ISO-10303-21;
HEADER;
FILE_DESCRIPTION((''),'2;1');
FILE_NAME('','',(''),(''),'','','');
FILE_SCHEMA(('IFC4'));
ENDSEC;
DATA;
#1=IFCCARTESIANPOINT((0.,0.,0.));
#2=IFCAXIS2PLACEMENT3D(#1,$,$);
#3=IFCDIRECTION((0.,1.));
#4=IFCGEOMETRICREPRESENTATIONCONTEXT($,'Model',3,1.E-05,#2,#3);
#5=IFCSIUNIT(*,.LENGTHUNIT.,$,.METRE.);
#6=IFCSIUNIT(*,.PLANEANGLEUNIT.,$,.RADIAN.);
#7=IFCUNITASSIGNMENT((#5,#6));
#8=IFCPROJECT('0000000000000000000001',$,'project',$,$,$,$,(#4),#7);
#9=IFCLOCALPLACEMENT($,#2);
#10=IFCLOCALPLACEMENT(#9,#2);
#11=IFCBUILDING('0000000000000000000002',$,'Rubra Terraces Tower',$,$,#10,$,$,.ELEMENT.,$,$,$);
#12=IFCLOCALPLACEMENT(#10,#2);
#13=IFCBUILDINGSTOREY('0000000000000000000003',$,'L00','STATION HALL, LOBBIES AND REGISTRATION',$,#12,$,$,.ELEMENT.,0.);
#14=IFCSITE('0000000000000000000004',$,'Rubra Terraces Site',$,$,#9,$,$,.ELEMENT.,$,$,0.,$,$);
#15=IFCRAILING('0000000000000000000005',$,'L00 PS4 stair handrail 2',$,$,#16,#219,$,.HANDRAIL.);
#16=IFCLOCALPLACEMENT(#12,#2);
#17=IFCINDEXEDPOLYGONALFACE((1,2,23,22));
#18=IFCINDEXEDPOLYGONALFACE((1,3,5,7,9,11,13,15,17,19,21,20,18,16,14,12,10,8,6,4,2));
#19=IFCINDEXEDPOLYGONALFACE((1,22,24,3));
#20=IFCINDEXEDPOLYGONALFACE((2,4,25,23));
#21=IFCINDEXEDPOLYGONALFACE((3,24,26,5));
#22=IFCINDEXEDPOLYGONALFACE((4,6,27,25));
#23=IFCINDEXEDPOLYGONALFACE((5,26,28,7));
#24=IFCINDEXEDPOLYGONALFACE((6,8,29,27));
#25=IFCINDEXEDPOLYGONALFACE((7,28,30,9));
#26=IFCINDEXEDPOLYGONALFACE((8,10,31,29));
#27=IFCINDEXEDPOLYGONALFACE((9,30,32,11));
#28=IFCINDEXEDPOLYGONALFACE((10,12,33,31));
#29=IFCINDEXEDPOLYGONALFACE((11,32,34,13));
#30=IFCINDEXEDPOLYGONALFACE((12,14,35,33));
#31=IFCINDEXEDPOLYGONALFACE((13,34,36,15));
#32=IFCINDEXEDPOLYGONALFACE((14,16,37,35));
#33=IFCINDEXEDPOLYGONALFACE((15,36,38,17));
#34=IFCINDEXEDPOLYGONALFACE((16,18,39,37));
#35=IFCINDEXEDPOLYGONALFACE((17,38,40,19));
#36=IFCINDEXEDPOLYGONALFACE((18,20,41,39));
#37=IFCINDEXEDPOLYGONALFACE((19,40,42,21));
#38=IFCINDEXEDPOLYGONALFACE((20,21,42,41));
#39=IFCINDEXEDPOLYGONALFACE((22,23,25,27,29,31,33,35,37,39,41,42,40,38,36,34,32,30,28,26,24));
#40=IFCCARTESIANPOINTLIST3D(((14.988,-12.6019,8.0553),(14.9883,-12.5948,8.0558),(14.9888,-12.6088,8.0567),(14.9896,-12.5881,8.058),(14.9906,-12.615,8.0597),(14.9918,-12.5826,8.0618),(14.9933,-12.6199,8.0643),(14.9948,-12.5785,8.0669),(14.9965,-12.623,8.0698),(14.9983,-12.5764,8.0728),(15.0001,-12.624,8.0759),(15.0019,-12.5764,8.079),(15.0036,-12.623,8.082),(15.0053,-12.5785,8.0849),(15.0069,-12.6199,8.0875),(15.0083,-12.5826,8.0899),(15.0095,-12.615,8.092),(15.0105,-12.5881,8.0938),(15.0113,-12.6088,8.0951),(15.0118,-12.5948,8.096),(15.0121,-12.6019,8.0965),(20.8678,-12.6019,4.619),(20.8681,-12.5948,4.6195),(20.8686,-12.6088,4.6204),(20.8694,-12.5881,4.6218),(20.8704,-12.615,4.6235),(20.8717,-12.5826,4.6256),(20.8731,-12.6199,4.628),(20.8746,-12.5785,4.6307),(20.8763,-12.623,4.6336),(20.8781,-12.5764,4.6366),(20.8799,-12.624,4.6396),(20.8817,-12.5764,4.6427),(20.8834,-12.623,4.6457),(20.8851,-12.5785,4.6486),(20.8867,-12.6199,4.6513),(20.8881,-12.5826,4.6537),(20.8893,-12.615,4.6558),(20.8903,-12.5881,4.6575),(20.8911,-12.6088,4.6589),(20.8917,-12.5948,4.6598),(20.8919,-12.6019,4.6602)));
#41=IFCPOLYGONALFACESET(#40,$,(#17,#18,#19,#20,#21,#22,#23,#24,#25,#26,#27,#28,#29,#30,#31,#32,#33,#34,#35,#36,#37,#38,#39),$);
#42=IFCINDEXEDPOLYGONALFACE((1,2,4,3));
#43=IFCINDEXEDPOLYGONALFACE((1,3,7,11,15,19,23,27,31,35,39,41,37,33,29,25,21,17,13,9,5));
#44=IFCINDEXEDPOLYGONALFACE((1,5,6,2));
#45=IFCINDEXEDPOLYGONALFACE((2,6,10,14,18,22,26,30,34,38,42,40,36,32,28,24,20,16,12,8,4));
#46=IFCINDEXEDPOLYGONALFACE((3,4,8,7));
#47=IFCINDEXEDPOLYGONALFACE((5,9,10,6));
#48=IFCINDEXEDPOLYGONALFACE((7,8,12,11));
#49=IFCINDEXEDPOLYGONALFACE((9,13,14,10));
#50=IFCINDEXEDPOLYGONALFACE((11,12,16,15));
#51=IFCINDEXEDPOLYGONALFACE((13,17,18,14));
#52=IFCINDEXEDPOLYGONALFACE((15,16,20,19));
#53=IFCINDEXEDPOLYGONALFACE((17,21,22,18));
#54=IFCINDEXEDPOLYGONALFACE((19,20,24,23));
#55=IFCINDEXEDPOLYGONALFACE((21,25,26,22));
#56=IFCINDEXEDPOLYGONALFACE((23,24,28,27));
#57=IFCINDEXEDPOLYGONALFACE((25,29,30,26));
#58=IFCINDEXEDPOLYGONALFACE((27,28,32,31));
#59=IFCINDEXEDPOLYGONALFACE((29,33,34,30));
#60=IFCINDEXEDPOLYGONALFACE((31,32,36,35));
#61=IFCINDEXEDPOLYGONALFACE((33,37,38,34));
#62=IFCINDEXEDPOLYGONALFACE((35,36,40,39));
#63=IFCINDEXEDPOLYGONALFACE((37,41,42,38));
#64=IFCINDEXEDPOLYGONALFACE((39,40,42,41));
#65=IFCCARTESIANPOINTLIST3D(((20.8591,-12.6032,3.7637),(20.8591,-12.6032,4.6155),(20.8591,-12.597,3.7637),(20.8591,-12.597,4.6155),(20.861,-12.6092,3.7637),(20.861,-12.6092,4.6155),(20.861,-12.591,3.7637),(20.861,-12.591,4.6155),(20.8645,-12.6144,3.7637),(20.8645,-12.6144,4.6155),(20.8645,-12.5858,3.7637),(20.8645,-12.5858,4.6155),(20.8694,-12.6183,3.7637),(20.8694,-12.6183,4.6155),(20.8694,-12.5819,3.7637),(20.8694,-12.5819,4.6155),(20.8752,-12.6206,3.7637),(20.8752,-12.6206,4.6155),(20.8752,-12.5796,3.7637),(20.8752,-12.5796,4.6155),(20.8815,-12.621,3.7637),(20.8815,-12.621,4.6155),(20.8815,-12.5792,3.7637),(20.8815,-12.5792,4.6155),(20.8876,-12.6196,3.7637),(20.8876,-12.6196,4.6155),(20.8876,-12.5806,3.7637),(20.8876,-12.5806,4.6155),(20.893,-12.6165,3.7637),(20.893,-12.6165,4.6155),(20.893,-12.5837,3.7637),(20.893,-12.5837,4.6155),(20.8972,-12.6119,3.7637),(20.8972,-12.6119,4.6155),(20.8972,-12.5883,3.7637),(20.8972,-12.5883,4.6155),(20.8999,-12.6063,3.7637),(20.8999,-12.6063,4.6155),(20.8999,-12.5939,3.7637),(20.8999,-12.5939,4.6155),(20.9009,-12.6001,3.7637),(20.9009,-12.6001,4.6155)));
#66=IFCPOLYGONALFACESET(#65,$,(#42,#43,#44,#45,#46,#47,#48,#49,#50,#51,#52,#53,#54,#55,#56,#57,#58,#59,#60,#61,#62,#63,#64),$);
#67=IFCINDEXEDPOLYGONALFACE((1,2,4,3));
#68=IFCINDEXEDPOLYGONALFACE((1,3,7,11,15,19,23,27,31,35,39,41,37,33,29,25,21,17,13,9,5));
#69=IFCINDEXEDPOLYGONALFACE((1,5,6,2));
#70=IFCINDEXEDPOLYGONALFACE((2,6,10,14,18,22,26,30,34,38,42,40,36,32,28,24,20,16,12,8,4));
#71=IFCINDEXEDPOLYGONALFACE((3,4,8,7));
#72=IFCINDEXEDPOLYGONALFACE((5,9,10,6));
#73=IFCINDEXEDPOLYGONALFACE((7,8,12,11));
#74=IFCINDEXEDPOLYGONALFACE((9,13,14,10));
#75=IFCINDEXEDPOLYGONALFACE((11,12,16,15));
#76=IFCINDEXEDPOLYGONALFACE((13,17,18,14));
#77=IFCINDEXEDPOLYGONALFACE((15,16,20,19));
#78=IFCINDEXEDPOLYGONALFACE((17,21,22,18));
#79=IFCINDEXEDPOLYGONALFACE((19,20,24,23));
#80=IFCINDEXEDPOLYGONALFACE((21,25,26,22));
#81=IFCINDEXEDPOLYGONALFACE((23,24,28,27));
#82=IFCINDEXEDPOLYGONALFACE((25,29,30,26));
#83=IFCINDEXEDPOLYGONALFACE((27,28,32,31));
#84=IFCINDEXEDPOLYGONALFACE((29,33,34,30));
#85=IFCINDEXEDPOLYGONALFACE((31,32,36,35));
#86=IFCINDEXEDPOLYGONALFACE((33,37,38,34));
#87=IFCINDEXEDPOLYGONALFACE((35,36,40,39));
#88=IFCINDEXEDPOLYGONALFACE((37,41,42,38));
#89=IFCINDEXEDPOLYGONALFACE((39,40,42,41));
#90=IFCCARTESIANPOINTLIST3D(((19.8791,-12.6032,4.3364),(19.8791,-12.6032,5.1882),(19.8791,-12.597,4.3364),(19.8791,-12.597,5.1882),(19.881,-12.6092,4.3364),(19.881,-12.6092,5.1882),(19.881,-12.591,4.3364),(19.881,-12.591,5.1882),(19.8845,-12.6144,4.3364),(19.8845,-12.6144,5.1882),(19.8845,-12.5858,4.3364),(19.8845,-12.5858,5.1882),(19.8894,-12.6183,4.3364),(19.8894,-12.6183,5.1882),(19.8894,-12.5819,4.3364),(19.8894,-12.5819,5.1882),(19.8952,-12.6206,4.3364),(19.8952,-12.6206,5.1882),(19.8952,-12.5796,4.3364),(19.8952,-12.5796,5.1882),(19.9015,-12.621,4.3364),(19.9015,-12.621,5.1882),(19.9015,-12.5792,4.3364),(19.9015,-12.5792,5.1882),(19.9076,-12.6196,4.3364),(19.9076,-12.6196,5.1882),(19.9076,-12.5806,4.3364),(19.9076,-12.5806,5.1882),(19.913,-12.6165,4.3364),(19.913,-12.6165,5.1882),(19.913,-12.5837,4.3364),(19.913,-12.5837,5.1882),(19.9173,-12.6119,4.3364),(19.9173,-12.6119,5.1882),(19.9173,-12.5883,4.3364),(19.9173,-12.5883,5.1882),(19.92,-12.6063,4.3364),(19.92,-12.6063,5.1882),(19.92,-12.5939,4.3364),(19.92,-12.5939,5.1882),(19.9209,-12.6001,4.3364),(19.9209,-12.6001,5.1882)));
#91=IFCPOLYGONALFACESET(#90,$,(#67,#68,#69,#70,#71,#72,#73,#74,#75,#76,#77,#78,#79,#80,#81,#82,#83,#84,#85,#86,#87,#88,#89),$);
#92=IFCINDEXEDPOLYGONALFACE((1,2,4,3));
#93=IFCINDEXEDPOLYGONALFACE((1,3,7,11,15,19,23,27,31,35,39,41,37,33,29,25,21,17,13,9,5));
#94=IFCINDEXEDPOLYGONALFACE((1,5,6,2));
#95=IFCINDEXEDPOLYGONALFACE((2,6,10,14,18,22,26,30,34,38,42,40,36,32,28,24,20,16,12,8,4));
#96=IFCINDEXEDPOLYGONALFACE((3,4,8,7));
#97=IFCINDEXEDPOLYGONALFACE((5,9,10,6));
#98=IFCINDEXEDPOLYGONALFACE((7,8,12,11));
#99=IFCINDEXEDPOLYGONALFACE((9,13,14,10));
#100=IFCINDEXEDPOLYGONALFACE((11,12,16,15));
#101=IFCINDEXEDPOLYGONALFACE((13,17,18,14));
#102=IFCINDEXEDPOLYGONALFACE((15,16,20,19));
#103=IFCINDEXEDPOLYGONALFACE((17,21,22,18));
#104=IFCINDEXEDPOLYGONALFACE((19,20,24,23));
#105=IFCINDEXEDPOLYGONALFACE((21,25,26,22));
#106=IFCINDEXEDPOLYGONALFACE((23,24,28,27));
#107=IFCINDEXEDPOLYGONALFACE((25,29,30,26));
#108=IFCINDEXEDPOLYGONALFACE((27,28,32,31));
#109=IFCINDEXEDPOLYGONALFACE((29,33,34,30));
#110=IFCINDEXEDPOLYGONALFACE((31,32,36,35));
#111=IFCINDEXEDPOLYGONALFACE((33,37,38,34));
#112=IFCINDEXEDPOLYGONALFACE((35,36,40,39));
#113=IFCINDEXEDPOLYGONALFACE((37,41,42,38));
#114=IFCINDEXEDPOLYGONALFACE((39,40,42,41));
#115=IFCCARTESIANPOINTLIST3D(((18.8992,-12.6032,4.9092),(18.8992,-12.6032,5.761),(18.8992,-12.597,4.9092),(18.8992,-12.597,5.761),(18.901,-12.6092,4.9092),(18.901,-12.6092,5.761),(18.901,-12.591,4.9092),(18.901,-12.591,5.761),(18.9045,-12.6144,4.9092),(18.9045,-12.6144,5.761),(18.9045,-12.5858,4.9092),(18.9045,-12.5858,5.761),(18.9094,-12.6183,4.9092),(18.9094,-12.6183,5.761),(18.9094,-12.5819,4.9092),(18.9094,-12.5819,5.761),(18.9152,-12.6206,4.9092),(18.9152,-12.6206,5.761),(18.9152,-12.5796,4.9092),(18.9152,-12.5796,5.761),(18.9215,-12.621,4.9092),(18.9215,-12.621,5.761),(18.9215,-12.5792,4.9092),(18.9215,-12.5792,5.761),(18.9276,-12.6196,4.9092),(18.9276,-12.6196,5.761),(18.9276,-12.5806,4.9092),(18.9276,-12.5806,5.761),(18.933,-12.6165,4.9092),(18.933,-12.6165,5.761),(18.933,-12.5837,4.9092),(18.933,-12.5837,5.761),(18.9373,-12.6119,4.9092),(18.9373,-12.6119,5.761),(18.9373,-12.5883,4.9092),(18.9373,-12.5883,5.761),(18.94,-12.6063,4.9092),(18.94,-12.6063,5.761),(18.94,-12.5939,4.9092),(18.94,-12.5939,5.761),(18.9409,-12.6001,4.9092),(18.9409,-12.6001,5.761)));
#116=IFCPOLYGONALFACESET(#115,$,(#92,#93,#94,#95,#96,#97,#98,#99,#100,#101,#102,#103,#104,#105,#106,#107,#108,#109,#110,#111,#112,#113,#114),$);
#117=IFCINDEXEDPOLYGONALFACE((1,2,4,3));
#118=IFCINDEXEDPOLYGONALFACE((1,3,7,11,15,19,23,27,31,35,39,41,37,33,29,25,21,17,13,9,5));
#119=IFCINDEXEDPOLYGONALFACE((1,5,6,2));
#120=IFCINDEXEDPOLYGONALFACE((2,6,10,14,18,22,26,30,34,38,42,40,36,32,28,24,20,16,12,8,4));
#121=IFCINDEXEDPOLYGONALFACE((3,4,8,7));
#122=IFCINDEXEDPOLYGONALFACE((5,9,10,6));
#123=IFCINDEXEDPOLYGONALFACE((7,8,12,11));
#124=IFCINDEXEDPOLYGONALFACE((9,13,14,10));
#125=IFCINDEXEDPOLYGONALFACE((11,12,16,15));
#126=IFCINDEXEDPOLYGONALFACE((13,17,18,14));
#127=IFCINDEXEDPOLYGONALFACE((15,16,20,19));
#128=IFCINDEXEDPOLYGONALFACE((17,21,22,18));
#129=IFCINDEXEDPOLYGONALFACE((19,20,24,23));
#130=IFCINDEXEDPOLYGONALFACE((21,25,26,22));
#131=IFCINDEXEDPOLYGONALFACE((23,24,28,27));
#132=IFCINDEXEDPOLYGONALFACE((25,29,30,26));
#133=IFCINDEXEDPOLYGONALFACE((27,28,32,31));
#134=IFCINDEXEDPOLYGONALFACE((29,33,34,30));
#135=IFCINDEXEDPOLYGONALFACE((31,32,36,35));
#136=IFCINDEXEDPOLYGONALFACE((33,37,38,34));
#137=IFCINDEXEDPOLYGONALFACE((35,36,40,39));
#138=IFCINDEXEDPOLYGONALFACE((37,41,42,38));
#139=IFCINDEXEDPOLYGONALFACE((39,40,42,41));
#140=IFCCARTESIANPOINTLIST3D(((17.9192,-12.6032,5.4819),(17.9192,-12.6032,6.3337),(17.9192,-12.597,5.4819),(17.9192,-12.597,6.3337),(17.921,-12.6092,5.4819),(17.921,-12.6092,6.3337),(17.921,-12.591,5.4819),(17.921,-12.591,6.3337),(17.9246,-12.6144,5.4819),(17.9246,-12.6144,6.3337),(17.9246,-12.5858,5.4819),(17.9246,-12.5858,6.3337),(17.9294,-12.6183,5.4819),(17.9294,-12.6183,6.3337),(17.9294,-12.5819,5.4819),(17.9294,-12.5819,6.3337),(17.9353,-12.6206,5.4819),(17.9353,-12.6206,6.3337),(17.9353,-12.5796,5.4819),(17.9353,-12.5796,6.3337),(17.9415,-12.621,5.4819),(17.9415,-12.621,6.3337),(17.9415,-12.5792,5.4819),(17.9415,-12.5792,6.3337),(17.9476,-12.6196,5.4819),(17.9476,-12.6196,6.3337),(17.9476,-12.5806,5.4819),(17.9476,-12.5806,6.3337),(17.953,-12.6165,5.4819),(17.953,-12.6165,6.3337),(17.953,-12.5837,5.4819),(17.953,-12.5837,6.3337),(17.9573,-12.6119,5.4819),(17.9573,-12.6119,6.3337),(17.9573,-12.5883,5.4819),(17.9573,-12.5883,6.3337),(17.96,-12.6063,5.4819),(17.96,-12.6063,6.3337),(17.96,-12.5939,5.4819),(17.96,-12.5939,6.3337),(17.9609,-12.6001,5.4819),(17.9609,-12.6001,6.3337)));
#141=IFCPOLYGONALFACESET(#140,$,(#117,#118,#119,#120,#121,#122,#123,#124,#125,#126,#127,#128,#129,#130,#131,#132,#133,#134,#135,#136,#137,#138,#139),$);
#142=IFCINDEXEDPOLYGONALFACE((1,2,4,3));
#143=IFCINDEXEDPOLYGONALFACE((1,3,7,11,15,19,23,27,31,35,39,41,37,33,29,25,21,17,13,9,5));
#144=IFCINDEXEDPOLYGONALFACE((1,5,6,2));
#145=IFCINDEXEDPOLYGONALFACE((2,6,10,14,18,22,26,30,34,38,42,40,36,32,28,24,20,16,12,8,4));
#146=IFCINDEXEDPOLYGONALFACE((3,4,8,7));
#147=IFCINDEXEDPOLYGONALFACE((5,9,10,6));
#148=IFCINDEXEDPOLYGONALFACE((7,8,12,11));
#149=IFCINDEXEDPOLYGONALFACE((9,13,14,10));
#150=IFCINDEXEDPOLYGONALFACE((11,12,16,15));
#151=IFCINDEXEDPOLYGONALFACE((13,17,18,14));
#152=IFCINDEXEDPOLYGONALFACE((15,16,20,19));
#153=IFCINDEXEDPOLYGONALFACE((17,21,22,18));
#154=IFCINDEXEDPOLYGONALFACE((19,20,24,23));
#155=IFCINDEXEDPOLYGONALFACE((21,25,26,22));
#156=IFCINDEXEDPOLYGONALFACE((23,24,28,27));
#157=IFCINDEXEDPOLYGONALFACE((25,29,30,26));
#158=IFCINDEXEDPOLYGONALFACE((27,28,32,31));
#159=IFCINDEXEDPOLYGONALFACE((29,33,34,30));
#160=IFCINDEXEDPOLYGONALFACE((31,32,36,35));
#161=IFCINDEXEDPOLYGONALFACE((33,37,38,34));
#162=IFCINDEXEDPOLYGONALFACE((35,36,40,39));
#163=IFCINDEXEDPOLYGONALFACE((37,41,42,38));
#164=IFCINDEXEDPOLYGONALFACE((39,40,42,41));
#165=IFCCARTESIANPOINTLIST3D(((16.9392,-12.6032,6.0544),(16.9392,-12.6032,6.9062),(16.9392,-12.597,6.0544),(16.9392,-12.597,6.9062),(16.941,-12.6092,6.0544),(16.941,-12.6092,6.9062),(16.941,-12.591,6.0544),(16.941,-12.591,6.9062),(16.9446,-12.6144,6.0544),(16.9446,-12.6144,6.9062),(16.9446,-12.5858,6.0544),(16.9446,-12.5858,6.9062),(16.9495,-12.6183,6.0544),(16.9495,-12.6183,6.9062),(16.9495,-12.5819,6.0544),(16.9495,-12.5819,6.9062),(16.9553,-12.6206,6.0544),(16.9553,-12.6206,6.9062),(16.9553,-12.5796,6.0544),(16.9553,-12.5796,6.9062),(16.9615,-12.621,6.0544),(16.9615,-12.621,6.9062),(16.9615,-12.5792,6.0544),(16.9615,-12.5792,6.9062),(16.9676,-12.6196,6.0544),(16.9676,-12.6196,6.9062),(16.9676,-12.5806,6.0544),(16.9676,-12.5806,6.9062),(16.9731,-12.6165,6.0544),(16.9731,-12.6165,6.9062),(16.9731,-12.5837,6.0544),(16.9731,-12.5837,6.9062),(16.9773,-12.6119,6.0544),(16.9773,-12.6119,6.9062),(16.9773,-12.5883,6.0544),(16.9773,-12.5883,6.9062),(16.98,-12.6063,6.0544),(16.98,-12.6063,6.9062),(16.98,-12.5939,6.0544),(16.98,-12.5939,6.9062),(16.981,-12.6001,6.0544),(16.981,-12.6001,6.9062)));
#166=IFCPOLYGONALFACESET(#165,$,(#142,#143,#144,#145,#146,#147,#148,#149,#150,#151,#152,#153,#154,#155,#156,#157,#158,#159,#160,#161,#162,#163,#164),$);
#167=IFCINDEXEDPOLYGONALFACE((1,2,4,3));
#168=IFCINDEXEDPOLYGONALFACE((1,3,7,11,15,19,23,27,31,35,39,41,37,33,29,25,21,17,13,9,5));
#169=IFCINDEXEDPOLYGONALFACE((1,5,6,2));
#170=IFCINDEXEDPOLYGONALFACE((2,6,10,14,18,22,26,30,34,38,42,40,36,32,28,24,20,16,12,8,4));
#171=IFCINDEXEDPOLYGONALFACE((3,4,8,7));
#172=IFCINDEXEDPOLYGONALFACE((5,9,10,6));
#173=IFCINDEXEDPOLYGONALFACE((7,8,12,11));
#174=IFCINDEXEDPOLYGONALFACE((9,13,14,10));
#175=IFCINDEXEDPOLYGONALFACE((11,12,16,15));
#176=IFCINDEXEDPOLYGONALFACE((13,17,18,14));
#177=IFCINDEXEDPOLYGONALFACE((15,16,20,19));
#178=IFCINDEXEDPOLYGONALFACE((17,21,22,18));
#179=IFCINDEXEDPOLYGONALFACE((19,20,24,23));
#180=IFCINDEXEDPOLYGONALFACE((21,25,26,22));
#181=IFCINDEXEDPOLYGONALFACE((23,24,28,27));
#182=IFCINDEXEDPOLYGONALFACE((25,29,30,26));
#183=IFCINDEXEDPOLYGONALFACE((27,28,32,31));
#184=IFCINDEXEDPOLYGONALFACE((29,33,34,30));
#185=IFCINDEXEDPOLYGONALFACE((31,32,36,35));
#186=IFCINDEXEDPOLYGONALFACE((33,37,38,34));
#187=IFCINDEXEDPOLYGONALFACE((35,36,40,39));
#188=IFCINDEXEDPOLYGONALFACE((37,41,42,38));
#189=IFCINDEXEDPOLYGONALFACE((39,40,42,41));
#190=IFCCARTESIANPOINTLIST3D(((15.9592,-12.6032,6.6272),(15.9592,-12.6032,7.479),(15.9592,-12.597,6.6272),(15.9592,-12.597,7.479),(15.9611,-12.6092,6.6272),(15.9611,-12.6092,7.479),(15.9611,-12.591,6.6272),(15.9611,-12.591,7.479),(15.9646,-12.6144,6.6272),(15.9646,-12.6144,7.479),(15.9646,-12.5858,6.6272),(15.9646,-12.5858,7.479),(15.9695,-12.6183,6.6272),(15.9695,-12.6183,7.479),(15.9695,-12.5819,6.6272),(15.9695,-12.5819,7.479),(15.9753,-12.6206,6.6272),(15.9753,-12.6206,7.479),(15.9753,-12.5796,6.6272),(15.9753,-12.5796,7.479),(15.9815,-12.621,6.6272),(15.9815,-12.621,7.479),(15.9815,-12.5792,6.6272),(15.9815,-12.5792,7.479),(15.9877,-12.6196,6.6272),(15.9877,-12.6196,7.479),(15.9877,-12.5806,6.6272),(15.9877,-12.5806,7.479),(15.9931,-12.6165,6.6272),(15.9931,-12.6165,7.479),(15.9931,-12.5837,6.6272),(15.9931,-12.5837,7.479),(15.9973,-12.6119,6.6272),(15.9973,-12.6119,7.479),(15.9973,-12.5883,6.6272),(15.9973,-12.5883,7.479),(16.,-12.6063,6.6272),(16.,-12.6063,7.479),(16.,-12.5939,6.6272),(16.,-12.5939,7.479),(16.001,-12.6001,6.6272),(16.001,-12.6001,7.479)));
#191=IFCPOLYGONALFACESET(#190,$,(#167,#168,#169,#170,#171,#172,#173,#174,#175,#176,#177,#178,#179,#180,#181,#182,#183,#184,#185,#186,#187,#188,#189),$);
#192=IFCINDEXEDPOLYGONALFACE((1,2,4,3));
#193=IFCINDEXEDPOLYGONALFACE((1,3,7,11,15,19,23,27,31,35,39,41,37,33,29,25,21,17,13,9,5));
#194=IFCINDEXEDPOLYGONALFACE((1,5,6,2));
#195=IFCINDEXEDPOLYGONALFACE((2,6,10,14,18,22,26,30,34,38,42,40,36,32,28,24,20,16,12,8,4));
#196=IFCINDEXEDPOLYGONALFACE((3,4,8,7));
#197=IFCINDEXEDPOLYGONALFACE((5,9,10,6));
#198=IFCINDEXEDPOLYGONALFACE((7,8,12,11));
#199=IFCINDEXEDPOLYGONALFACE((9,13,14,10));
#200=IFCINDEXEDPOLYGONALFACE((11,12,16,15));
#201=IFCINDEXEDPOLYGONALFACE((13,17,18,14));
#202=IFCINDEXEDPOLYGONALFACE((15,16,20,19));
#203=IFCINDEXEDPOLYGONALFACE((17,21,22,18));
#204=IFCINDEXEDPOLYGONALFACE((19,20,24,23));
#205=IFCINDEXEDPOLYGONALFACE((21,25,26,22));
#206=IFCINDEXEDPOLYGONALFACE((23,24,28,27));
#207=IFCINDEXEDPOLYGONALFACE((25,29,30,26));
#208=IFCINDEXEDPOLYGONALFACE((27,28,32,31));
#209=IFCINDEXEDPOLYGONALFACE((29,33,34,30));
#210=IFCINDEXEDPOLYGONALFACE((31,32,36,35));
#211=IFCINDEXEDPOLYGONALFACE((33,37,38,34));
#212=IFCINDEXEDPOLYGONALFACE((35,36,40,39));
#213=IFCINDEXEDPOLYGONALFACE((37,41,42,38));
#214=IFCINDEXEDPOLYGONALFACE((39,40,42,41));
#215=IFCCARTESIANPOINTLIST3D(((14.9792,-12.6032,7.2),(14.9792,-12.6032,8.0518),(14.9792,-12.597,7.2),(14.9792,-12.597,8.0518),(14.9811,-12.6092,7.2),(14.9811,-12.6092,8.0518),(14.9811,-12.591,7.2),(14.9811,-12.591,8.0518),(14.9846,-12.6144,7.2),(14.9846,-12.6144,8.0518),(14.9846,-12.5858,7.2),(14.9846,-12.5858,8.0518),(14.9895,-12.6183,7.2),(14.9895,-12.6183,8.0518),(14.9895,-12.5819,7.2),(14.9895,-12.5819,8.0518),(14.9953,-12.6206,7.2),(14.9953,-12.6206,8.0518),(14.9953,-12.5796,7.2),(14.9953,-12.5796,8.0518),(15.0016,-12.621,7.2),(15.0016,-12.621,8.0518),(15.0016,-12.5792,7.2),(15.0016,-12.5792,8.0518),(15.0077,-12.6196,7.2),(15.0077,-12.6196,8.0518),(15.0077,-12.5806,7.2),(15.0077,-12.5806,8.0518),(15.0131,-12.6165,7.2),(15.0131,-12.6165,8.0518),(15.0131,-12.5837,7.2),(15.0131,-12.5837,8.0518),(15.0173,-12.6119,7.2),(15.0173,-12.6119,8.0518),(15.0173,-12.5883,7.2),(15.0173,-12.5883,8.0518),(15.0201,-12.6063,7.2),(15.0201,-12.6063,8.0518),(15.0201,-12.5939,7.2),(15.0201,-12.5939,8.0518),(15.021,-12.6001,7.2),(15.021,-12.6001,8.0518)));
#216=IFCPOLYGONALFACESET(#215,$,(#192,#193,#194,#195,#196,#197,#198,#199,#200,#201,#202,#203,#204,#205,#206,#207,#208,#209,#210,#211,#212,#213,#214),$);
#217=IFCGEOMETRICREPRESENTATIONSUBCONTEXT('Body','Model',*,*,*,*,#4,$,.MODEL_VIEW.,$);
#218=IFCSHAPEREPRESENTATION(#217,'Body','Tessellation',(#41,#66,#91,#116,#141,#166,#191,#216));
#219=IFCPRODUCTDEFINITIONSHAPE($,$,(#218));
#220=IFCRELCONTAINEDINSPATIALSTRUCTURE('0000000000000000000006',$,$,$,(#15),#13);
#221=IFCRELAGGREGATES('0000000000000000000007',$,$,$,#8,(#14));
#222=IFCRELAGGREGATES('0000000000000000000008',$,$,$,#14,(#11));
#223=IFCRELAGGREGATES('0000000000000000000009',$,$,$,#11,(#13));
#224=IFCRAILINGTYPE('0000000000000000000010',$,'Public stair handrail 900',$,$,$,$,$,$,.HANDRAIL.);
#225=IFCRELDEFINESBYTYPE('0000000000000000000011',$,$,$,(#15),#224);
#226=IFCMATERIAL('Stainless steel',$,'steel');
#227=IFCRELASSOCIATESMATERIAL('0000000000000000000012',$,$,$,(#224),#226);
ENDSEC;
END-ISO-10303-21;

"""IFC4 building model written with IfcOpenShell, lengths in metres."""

from ifc_helpers import new_model, si_unit, direction, frame, origin, origin_2d, place, context, subcontext, project, spatial, circle, extrude, material, type_object, element, save


model = new_model("IFC4")

# Units and contexts
model_context = context("Model", 3, precision=1e-05, world=origin(), true_north=direction((0.0, 1.0)))
body_context = subcontext(model_context, "Body", "Model", "MODEL_VIEW")
ifc_project = project(units=[si_unit("LENGTHUNIT", "METRE"), si_unit("PLANEANGLEUNIT", "RADIAN")], contexts=[model_context])

# Site, building, storey
site_placement = place(None, origin())
site = spatial("IfcSite", under=ifc_project, at=site_placement, Name="Rubra Terraces Site", CompositionType="ELEMENT", RefElevation=0.0)
building_placement = place(site_placement, origin())
building = spatial("IfcBuilding", under=site, at=building_placement, Name="Rubra Terraces Tower", CompositionType="ELEMENT")
storey_placement = place(building_placement, origin())
storey = spatial("IfcBuildingStorey", under=building, at=storey_placement, Name="L00", Description="STATION HALL, LOBBIES AND REGISTRATION", CompositionType="ELEMENT", Elevation=0.0)

# Railing
ifc_material_1 = material(Name="Stainless steel", Category="steel")
railing_type_1 = type_object("IfcRailingType", Name="Public stair handrail 900", PredefinedType="HANDRAIL", material=ifc_material_1)
railing_1_placement = place(storey_placement, frame((20.8799, -12.6001, 3.7637)))
element("IfcRailing", 1, at=railing_1_placement, inside=storey, type_object=railing_type_1, Name="L00 PS4 stair handrail 2", PredefinedType="HANDRAIL", context=body_context, shape_type="SweptSolid", body=[
    extrude(circle(Radius=0.0239, at=origin_2d()), frame((0.0, 0.0, 0.876), z_axis=(-0.863373, 0.0, 0.504566), x_axis=(0.0, -1.0, 0.0)), (0.0, 0.0, 1.0), 6.8103),
    extrude(circle(Radius=0.021, at=origin_2d()), origin(), (0.0, 0.0, 1.0), 0.8518),
    extrude(circle(Radius=0.021, at=origin_2d()), frame((-0.98, 0.0, 0.5728)), (0.0, 0.0, 1.0), 0.8518),
    extrude(circle(Radius=0.021, at=origin_2d()), frame((-1.96, 0.0, 1.1455)), (0.0, 0.0, 1.0), 0.8518),
    extrude(circle(Radius=0.021, at=origin_2d()), frame((-2.9399, 0.0, 1.7183)), (0.0, 0.0, 1.0), 0.8518),
    extrude(circle(Radius=0.021, at=origin_2d()), frame((-3.9199, 0.0, 2.2908)), (0.0, 0.0, 1.0), 0.8518),
    extrude(circle(Radius=0.021, at=origin_2d()), frame((-4.8999, 0.0, 2.8635)), (0.0, 0.0, 1.0), 0.8518),
    extrude(circle(Radius=0.021, at=origin_2d()), frame((-5.8799, 0.0, 3.4363)), (0.0, 0.0, 1.0), 0.8518),
])

save(model, "model.ifc")
